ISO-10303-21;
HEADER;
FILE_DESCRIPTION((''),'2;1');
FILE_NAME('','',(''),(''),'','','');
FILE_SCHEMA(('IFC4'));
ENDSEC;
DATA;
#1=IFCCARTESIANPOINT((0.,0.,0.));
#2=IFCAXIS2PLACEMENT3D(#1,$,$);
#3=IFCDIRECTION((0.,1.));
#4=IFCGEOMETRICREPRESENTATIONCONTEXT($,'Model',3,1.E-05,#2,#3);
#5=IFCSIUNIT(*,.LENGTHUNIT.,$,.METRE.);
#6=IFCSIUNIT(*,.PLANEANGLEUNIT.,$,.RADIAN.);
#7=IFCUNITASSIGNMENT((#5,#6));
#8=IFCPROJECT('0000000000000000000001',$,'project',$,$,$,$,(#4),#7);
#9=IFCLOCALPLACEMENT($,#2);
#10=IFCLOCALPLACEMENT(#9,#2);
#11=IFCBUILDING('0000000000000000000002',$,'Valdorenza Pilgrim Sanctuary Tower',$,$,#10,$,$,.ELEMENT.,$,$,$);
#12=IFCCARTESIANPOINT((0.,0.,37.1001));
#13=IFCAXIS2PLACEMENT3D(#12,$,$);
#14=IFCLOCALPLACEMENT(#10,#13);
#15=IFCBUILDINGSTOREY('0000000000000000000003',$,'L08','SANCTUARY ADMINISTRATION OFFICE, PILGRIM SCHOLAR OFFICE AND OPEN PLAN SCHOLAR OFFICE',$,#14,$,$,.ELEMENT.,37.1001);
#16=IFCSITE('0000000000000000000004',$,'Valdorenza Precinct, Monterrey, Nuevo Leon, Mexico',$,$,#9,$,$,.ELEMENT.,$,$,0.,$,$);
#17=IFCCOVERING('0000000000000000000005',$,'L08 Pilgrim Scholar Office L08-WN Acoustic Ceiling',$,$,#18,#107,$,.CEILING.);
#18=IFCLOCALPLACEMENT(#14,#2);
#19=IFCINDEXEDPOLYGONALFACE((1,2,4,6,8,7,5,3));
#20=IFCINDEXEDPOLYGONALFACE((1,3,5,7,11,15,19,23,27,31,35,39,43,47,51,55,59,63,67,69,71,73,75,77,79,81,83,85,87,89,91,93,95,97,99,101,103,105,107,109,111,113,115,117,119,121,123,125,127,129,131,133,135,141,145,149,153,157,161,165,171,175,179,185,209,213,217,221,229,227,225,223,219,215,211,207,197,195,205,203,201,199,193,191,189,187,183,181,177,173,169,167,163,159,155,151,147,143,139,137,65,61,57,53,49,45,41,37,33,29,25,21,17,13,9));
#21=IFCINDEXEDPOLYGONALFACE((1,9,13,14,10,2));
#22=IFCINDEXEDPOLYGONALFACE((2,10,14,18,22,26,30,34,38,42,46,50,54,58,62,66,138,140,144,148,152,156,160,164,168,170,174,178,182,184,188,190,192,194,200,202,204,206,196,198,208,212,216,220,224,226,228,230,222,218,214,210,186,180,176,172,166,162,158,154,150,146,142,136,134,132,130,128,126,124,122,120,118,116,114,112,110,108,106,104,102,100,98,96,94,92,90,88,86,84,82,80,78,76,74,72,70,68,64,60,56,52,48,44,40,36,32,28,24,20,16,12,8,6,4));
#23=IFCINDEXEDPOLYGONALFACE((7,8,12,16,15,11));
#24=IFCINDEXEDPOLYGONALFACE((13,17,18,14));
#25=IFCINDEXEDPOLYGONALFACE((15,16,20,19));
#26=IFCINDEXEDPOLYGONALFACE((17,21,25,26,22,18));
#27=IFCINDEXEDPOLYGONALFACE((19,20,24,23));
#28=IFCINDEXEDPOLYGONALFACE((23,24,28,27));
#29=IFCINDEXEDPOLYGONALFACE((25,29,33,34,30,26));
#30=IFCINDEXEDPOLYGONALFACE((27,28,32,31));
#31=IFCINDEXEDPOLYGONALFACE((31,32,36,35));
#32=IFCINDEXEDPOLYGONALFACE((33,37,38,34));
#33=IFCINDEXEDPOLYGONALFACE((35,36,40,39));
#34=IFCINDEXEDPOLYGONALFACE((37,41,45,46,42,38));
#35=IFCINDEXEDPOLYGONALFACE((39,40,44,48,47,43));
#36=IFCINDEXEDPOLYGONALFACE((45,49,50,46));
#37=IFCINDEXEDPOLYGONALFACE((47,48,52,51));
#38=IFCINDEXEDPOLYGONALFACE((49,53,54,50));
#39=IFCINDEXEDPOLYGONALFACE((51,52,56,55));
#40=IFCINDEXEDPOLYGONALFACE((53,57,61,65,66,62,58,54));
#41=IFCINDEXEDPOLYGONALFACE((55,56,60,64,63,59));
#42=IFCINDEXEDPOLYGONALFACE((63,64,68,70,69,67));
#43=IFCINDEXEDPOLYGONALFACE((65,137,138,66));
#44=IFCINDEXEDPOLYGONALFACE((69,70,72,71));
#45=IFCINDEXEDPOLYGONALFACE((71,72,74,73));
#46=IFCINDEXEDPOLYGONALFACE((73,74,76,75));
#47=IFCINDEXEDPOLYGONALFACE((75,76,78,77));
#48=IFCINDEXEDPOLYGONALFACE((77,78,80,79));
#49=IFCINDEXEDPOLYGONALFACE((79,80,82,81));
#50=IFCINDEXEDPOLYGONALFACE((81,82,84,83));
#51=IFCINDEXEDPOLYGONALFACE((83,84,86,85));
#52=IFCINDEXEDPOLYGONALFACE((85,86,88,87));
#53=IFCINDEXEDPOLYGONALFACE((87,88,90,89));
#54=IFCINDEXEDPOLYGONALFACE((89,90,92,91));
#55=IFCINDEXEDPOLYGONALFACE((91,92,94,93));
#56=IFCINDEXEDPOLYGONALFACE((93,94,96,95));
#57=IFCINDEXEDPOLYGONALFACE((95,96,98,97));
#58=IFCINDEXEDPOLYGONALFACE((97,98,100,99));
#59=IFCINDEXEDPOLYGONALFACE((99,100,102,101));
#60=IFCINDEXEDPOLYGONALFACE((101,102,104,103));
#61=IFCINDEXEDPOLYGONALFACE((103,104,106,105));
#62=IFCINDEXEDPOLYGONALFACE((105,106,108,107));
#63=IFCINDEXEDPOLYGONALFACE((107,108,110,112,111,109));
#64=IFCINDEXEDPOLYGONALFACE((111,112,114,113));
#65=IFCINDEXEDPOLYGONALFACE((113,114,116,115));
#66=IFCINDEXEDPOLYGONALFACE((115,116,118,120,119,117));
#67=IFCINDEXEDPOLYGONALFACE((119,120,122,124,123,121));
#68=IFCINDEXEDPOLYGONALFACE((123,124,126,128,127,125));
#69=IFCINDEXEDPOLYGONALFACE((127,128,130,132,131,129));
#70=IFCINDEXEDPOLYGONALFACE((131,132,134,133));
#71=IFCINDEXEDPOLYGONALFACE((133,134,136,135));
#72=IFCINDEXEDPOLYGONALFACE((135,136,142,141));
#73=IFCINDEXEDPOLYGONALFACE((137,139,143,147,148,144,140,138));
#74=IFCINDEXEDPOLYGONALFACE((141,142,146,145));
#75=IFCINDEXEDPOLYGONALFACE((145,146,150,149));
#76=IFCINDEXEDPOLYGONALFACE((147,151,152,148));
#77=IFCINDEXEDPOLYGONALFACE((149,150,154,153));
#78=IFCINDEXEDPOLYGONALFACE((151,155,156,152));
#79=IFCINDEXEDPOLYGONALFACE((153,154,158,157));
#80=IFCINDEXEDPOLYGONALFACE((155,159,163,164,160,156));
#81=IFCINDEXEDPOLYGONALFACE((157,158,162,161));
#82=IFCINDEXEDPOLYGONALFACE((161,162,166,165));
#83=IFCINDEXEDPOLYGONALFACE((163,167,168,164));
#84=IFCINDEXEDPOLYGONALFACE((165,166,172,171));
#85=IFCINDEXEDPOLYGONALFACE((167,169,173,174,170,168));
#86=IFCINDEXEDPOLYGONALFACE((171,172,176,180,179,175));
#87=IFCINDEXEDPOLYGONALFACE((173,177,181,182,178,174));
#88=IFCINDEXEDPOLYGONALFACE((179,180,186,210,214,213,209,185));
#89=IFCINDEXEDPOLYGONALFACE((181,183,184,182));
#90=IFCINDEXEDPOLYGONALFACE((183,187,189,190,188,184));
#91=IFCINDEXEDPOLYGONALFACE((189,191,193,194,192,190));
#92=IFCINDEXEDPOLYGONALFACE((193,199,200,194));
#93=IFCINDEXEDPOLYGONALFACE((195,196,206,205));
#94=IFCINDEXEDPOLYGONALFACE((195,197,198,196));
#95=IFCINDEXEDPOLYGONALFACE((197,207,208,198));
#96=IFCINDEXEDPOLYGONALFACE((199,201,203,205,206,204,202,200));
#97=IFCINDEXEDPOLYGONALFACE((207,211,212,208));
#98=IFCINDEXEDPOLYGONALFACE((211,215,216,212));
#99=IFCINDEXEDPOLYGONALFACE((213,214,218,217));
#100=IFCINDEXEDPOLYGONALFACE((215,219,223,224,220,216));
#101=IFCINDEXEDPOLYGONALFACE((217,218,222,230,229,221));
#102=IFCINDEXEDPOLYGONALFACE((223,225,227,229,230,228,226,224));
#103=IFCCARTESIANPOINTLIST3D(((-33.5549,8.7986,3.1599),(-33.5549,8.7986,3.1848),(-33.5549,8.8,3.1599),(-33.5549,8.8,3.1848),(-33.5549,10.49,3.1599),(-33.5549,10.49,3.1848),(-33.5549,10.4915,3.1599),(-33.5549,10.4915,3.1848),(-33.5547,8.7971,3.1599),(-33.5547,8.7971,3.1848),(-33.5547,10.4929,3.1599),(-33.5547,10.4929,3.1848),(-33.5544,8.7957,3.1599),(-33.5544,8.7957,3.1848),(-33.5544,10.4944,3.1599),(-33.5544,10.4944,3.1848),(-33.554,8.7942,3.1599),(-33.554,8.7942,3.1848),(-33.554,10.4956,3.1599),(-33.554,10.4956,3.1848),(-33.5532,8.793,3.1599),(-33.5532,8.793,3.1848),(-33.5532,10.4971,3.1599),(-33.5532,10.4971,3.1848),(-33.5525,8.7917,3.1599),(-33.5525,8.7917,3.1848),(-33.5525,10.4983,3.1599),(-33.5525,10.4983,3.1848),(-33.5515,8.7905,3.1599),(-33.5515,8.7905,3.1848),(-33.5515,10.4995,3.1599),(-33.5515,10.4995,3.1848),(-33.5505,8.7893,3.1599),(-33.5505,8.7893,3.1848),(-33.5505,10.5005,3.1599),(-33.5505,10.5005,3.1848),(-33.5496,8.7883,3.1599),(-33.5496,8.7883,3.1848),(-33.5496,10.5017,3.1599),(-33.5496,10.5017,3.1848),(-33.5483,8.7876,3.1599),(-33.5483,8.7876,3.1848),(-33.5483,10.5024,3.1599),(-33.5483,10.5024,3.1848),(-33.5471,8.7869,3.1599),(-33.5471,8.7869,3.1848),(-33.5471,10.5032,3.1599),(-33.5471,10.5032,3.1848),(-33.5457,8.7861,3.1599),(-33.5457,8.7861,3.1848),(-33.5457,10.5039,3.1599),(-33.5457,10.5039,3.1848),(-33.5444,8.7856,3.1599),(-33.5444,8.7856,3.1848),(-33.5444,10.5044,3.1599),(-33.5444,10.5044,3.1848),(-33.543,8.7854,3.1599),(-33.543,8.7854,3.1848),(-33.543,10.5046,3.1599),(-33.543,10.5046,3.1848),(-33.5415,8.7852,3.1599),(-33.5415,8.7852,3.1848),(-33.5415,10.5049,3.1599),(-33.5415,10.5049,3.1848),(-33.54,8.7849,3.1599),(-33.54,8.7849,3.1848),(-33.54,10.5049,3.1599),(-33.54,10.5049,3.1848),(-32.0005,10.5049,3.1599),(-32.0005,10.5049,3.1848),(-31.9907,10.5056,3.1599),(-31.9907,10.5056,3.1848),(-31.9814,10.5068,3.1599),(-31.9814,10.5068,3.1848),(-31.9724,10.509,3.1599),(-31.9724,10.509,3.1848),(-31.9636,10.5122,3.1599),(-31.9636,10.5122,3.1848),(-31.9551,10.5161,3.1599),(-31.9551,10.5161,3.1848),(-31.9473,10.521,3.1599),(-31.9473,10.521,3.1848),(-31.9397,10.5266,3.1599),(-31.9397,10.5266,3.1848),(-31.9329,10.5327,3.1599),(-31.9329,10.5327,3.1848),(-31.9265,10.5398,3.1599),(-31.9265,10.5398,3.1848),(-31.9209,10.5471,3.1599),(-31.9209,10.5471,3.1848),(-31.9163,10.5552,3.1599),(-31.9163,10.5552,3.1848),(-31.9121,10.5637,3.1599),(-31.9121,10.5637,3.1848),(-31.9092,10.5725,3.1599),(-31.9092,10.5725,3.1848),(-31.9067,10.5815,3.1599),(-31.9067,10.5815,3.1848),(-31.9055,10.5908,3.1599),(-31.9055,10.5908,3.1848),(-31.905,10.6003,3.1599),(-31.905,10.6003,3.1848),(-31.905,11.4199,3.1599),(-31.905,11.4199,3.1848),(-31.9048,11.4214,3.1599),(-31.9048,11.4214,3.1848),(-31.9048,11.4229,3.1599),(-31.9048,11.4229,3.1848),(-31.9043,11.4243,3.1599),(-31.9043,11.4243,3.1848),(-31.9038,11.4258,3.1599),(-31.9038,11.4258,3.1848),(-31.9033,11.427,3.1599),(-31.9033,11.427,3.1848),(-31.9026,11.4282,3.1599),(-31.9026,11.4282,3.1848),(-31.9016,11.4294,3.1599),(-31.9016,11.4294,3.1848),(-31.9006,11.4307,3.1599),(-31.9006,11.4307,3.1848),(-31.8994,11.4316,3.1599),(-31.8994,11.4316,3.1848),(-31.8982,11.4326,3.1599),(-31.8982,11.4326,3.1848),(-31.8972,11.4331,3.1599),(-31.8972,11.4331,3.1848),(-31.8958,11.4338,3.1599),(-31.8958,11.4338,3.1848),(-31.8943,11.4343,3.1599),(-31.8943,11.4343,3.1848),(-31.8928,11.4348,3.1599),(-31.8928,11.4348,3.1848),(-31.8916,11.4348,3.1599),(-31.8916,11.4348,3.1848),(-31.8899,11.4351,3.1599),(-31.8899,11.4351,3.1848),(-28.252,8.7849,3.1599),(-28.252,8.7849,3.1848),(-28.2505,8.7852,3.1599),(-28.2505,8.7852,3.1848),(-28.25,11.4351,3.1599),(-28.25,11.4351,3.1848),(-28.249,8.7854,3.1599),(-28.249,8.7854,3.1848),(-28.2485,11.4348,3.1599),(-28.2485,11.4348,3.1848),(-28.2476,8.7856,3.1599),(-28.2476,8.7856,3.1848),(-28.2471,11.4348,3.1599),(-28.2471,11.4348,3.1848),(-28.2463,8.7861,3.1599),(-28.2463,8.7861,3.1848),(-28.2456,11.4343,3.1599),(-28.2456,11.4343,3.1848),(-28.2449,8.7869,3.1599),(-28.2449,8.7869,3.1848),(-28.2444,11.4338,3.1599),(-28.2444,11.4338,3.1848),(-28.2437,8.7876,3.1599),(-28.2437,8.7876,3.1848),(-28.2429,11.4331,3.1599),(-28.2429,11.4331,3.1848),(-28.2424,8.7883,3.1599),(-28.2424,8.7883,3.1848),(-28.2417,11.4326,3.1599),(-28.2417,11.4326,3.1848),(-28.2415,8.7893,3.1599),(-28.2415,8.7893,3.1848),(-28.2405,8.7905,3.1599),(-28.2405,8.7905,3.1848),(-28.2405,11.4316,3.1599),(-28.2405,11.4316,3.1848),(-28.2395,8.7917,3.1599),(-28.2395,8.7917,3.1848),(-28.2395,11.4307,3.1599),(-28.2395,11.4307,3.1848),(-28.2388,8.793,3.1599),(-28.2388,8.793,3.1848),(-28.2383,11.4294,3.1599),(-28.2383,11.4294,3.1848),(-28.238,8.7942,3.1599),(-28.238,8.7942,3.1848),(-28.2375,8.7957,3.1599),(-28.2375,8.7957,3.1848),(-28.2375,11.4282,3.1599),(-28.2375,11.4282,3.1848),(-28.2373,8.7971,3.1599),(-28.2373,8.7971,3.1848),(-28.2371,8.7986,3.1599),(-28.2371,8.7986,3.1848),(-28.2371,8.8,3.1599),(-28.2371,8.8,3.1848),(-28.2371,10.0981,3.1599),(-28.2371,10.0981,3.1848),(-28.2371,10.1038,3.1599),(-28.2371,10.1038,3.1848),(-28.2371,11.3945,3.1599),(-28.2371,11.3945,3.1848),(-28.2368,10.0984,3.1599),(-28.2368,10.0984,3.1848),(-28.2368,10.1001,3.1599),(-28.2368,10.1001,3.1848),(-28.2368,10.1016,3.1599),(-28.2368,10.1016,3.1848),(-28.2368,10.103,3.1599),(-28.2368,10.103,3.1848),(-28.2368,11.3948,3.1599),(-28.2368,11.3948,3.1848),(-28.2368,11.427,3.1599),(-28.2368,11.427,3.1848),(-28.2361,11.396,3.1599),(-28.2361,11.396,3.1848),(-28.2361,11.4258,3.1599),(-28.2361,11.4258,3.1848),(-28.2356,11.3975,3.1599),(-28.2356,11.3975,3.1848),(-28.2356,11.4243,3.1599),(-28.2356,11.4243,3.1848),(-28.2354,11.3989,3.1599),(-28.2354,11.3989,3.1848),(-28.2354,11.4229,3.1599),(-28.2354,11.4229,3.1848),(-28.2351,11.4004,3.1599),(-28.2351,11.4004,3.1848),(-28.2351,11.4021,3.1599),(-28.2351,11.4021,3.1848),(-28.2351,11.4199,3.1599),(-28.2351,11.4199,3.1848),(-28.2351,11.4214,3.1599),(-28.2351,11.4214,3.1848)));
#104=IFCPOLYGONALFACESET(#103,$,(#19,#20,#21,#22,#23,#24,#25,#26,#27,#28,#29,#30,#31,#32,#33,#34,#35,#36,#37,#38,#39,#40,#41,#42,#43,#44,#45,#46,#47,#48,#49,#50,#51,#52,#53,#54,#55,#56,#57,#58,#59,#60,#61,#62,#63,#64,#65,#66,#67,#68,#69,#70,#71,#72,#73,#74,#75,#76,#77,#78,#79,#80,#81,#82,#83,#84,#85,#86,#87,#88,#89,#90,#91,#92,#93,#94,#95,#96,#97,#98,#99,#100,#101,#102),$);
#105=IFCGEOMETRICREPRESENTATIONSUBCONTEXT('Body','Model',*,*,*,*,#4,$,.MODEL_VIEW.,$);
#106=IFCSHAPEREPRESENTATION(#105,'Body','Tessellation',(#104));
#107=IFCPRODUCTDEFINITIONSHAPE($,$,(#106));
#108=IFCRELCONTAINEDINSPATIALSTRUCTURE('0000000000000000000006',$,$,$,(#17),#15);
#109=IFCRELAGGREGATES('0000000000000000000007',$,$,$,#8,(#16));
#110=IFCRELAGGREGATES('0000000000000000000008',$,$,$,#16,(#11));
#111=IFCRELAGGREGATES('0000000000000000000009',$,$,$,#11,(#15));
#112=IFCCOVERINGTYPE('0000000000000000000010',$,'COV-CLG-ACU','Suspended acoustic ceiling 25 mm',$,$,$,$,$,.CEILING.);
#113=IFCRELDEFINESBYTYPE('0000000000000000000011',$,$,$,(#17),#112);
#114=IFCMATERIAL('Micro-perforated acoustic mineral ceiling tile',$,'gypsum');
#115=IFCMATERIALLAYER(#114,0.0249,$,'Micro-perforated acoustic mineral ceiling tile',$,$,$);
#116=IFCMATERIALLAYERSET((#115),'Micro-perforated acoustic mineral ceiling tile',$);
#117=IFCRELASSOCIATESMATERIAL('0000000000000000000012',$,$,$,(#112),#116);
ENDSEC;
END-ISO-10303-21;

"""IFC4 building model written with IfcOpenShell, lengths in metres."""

from ifc_helpers import new_model, si_unit, direction, frame, origin, place, context, subcontext, project, spatial, polyline, outline, extrude, material, layer, layer_set, type_object, element, save


model = new_model("IFC4")

# Units and contexts
model_context = context("Model", 3, precision=1e-05, world=origin(), true_north=direction((0.0, 1.0)))
body_context = subcontext(model_context, "Body", "Model", "MODEL_VIEW")
ifc_project = project(units=[si_unit("LENGTHUNIT", "METRE"), si_unit("PLANEANGLEUNIT", "RADIAN")], contexts=[model_context])

# Site, building, storey
site_placement = place(None, origin())
site = spatial("IfcSite", under=ifc_project, at=site_placement, Name="Valdorenza Precinct, Monterrey, Nuevo Leon, Mexico", CompositionType="ELEMENT", RefElevation=0.0)
building_placement = place(site_placement, origin())
building = spatial("IfcBuilding", under=site, at=building_placement, Name="Valdorenza Pilgrim Sanctuary Tower", CompositionType="ELEMENT")
storey_placement = place(building_placement, frame((0.0, 0.0, 37.1001)))
storey = spatial("IfcBuildingStorey", under=building, at=storey_placement, Name="L08", Description="SANCTUARY ADMINISTRATION OFFICE, PILGRIM SCHOLAR OFFICE AND OPEN PLAN SCHOLAR OFFICE", CompositionType="ELEMENT", Elevation=37.1001)

# Covering
ifc_material_1 = material(Name="Micro-perforated acoustic mineral ceiling tile", Category="gypsum")
ifc_layer_1 = layer(ifc_material_1, 0.0249, Name="Micro-perforated acoustic mineral ceiling tile")
ifc_layer_set_1 = layer_set([ifc_layer_1], Name="Micro-perforated acoustic mineral ceiling tile")
covering_type_1 = type_object("IfcCoveringType", Name="COV-CLG-ACU", Description="Suspended acoustic ceiling 25 mm", PredefinedType="CEILING", material=ifc_layer_set_1)
covering_1_placement = place(storey_placement, frame((0.0, 0.0, 3.1599)))
element("IfcCovering", 1, at=covering_1_placement, inside=storey, type_object=covering_type_1, Name="L08 Pilgrim Scholar Office L08-WN Acoustic Ceiling", PredefinedType="CEILING", context=body_context, shape_type="SweptSolid", body=[
    extrude(outline(polyline([(-28.2371, 11.3945), (-28.2371, 10.1038), (-28.2368, 10.103), (-28.2368, 10.1016), (-28.2368, 10.1001), (-28.2368, 10.0984), (-28.2371, 10.0981), (-28.2371, 8.8), (-28.2371, 8.7986), (-28.2373, 8.7971), (-28.2375, 8.7957), (-28.238, 8.7942), (-28.2388, 8.793), (-28.2395, 8.7917), (-28.2405, 8.7905), (-28.2415, 8.7893), (-28.2424, 8.7883), (-28.2437, 8.7876), (-28.2449, 8.7869), (-28.2463, 8.7861), (-28.2476, 8.7856), (-28.249, 8.7854), (-28.2505, 8.7852), (-28.252, 8.7849), (-33.54, 8.7849), (-33.5415, 8.7852), (-33.543, 8.7854), (-33.5444, 8.7856), (-33.5457, 8.7861), (-33.5471, 8.7869), (-33.5483, 8.7876), (-33.5496, 8.7883), (-33.5505, 8.7893), (-33.5515, 8.7905), (-33.5525, 8.7917), (-33.5532, 8.793), (-33.554, 8.7942), (-33.5544, 8.7957), (-33.5547, 8.7971), (-33.5549, 8.7986), (-33.5549, 8.8), (-33.5549, 10.49), (-33.5549, 10.4915), (-33.5547, 10.4929), (-33.5544, 10.4944), (-33.554, 10.4956), (-33.5532, 10.4971), (-33.5525, 10.4983), (-33.5515, 10.4995), (-33.5505, 10.5005), (-33.5496, 10.5017), (-33.5483, 10.5024), (-33.5471, 10.5032), (-33.5457, 10.5039), (-33.5444, 10.5044), (-33.543, 10.5046), (-33.5415, 10.5049), (-33.54, 10.5049), (-32.0005, 10.5049), (-31.9907, 10.5056), (-31.9814, 10.5068), (-31.9724, 10.509), (-31.9636, 10.5122), (-31.9551, 10.5161), (-31.9473, 10.521), (-31.9397, 10.5266), (-31.9329, 10.5327), (-31.9265, 10.5398), (-31.9209, 10.5471), (-31.9163, 10.5552), (-31.9121, 10.5637), (-31.9092, 10.5725), (-31.9067, 10.5815), (-31.9055, 10.5908), (-31.905, 10.6003), (-31.905, 11.4199), (-31.9048, 11.4214), (-31.9048, 11.4229), (-31.9043, 11.4243), (-31.9038, 11.4258), (-31.9033, 11.427), (-31.9026, 11.4282), (-31.9016, 11.4294), (-31.9006, 11.4307), (-31.8994, 11.4316), (-31.8982, 11.4326), (-31.8972, 11.4331), (-31.8958, 11.4338), (-31.8943, 11.4343), (-31.8928, 11.4348), (-31.8916, 11.4348), (-31.8899, 11.4351), (-28.25, 11.4351), (-28.2485, 11.4348), (-28.2471, 11.4348), (-28.2456, 11.4343), (-28.2444, 11.4338), (-28.2429, 11.4331), (-28.2417, 11.4326), (-28.2405, 11.4316), (-28.2395, 11.4307), (-28.2383, 11.4294), (-28.2375, 11.4282), (-28.2368, 11.427), (-28.2361, 11.4258), (-28.2356, 11.4243), (-28.2354, 11.4229), (-28.2351, 11.4214), (-28.2351, 11.4199), (-28.2351, 11.4021), (-28.2351, 11.4004), (-28.2354, 11.3989), (-28.2356, 11.3975), (-28.2361, 11.396), (-28.2368, 11.3948), (-28.2371, 11.3945)])), origin(), (0.0, 0.0, 1.0), 0.0249),
])

save(model, "model.ifc")
